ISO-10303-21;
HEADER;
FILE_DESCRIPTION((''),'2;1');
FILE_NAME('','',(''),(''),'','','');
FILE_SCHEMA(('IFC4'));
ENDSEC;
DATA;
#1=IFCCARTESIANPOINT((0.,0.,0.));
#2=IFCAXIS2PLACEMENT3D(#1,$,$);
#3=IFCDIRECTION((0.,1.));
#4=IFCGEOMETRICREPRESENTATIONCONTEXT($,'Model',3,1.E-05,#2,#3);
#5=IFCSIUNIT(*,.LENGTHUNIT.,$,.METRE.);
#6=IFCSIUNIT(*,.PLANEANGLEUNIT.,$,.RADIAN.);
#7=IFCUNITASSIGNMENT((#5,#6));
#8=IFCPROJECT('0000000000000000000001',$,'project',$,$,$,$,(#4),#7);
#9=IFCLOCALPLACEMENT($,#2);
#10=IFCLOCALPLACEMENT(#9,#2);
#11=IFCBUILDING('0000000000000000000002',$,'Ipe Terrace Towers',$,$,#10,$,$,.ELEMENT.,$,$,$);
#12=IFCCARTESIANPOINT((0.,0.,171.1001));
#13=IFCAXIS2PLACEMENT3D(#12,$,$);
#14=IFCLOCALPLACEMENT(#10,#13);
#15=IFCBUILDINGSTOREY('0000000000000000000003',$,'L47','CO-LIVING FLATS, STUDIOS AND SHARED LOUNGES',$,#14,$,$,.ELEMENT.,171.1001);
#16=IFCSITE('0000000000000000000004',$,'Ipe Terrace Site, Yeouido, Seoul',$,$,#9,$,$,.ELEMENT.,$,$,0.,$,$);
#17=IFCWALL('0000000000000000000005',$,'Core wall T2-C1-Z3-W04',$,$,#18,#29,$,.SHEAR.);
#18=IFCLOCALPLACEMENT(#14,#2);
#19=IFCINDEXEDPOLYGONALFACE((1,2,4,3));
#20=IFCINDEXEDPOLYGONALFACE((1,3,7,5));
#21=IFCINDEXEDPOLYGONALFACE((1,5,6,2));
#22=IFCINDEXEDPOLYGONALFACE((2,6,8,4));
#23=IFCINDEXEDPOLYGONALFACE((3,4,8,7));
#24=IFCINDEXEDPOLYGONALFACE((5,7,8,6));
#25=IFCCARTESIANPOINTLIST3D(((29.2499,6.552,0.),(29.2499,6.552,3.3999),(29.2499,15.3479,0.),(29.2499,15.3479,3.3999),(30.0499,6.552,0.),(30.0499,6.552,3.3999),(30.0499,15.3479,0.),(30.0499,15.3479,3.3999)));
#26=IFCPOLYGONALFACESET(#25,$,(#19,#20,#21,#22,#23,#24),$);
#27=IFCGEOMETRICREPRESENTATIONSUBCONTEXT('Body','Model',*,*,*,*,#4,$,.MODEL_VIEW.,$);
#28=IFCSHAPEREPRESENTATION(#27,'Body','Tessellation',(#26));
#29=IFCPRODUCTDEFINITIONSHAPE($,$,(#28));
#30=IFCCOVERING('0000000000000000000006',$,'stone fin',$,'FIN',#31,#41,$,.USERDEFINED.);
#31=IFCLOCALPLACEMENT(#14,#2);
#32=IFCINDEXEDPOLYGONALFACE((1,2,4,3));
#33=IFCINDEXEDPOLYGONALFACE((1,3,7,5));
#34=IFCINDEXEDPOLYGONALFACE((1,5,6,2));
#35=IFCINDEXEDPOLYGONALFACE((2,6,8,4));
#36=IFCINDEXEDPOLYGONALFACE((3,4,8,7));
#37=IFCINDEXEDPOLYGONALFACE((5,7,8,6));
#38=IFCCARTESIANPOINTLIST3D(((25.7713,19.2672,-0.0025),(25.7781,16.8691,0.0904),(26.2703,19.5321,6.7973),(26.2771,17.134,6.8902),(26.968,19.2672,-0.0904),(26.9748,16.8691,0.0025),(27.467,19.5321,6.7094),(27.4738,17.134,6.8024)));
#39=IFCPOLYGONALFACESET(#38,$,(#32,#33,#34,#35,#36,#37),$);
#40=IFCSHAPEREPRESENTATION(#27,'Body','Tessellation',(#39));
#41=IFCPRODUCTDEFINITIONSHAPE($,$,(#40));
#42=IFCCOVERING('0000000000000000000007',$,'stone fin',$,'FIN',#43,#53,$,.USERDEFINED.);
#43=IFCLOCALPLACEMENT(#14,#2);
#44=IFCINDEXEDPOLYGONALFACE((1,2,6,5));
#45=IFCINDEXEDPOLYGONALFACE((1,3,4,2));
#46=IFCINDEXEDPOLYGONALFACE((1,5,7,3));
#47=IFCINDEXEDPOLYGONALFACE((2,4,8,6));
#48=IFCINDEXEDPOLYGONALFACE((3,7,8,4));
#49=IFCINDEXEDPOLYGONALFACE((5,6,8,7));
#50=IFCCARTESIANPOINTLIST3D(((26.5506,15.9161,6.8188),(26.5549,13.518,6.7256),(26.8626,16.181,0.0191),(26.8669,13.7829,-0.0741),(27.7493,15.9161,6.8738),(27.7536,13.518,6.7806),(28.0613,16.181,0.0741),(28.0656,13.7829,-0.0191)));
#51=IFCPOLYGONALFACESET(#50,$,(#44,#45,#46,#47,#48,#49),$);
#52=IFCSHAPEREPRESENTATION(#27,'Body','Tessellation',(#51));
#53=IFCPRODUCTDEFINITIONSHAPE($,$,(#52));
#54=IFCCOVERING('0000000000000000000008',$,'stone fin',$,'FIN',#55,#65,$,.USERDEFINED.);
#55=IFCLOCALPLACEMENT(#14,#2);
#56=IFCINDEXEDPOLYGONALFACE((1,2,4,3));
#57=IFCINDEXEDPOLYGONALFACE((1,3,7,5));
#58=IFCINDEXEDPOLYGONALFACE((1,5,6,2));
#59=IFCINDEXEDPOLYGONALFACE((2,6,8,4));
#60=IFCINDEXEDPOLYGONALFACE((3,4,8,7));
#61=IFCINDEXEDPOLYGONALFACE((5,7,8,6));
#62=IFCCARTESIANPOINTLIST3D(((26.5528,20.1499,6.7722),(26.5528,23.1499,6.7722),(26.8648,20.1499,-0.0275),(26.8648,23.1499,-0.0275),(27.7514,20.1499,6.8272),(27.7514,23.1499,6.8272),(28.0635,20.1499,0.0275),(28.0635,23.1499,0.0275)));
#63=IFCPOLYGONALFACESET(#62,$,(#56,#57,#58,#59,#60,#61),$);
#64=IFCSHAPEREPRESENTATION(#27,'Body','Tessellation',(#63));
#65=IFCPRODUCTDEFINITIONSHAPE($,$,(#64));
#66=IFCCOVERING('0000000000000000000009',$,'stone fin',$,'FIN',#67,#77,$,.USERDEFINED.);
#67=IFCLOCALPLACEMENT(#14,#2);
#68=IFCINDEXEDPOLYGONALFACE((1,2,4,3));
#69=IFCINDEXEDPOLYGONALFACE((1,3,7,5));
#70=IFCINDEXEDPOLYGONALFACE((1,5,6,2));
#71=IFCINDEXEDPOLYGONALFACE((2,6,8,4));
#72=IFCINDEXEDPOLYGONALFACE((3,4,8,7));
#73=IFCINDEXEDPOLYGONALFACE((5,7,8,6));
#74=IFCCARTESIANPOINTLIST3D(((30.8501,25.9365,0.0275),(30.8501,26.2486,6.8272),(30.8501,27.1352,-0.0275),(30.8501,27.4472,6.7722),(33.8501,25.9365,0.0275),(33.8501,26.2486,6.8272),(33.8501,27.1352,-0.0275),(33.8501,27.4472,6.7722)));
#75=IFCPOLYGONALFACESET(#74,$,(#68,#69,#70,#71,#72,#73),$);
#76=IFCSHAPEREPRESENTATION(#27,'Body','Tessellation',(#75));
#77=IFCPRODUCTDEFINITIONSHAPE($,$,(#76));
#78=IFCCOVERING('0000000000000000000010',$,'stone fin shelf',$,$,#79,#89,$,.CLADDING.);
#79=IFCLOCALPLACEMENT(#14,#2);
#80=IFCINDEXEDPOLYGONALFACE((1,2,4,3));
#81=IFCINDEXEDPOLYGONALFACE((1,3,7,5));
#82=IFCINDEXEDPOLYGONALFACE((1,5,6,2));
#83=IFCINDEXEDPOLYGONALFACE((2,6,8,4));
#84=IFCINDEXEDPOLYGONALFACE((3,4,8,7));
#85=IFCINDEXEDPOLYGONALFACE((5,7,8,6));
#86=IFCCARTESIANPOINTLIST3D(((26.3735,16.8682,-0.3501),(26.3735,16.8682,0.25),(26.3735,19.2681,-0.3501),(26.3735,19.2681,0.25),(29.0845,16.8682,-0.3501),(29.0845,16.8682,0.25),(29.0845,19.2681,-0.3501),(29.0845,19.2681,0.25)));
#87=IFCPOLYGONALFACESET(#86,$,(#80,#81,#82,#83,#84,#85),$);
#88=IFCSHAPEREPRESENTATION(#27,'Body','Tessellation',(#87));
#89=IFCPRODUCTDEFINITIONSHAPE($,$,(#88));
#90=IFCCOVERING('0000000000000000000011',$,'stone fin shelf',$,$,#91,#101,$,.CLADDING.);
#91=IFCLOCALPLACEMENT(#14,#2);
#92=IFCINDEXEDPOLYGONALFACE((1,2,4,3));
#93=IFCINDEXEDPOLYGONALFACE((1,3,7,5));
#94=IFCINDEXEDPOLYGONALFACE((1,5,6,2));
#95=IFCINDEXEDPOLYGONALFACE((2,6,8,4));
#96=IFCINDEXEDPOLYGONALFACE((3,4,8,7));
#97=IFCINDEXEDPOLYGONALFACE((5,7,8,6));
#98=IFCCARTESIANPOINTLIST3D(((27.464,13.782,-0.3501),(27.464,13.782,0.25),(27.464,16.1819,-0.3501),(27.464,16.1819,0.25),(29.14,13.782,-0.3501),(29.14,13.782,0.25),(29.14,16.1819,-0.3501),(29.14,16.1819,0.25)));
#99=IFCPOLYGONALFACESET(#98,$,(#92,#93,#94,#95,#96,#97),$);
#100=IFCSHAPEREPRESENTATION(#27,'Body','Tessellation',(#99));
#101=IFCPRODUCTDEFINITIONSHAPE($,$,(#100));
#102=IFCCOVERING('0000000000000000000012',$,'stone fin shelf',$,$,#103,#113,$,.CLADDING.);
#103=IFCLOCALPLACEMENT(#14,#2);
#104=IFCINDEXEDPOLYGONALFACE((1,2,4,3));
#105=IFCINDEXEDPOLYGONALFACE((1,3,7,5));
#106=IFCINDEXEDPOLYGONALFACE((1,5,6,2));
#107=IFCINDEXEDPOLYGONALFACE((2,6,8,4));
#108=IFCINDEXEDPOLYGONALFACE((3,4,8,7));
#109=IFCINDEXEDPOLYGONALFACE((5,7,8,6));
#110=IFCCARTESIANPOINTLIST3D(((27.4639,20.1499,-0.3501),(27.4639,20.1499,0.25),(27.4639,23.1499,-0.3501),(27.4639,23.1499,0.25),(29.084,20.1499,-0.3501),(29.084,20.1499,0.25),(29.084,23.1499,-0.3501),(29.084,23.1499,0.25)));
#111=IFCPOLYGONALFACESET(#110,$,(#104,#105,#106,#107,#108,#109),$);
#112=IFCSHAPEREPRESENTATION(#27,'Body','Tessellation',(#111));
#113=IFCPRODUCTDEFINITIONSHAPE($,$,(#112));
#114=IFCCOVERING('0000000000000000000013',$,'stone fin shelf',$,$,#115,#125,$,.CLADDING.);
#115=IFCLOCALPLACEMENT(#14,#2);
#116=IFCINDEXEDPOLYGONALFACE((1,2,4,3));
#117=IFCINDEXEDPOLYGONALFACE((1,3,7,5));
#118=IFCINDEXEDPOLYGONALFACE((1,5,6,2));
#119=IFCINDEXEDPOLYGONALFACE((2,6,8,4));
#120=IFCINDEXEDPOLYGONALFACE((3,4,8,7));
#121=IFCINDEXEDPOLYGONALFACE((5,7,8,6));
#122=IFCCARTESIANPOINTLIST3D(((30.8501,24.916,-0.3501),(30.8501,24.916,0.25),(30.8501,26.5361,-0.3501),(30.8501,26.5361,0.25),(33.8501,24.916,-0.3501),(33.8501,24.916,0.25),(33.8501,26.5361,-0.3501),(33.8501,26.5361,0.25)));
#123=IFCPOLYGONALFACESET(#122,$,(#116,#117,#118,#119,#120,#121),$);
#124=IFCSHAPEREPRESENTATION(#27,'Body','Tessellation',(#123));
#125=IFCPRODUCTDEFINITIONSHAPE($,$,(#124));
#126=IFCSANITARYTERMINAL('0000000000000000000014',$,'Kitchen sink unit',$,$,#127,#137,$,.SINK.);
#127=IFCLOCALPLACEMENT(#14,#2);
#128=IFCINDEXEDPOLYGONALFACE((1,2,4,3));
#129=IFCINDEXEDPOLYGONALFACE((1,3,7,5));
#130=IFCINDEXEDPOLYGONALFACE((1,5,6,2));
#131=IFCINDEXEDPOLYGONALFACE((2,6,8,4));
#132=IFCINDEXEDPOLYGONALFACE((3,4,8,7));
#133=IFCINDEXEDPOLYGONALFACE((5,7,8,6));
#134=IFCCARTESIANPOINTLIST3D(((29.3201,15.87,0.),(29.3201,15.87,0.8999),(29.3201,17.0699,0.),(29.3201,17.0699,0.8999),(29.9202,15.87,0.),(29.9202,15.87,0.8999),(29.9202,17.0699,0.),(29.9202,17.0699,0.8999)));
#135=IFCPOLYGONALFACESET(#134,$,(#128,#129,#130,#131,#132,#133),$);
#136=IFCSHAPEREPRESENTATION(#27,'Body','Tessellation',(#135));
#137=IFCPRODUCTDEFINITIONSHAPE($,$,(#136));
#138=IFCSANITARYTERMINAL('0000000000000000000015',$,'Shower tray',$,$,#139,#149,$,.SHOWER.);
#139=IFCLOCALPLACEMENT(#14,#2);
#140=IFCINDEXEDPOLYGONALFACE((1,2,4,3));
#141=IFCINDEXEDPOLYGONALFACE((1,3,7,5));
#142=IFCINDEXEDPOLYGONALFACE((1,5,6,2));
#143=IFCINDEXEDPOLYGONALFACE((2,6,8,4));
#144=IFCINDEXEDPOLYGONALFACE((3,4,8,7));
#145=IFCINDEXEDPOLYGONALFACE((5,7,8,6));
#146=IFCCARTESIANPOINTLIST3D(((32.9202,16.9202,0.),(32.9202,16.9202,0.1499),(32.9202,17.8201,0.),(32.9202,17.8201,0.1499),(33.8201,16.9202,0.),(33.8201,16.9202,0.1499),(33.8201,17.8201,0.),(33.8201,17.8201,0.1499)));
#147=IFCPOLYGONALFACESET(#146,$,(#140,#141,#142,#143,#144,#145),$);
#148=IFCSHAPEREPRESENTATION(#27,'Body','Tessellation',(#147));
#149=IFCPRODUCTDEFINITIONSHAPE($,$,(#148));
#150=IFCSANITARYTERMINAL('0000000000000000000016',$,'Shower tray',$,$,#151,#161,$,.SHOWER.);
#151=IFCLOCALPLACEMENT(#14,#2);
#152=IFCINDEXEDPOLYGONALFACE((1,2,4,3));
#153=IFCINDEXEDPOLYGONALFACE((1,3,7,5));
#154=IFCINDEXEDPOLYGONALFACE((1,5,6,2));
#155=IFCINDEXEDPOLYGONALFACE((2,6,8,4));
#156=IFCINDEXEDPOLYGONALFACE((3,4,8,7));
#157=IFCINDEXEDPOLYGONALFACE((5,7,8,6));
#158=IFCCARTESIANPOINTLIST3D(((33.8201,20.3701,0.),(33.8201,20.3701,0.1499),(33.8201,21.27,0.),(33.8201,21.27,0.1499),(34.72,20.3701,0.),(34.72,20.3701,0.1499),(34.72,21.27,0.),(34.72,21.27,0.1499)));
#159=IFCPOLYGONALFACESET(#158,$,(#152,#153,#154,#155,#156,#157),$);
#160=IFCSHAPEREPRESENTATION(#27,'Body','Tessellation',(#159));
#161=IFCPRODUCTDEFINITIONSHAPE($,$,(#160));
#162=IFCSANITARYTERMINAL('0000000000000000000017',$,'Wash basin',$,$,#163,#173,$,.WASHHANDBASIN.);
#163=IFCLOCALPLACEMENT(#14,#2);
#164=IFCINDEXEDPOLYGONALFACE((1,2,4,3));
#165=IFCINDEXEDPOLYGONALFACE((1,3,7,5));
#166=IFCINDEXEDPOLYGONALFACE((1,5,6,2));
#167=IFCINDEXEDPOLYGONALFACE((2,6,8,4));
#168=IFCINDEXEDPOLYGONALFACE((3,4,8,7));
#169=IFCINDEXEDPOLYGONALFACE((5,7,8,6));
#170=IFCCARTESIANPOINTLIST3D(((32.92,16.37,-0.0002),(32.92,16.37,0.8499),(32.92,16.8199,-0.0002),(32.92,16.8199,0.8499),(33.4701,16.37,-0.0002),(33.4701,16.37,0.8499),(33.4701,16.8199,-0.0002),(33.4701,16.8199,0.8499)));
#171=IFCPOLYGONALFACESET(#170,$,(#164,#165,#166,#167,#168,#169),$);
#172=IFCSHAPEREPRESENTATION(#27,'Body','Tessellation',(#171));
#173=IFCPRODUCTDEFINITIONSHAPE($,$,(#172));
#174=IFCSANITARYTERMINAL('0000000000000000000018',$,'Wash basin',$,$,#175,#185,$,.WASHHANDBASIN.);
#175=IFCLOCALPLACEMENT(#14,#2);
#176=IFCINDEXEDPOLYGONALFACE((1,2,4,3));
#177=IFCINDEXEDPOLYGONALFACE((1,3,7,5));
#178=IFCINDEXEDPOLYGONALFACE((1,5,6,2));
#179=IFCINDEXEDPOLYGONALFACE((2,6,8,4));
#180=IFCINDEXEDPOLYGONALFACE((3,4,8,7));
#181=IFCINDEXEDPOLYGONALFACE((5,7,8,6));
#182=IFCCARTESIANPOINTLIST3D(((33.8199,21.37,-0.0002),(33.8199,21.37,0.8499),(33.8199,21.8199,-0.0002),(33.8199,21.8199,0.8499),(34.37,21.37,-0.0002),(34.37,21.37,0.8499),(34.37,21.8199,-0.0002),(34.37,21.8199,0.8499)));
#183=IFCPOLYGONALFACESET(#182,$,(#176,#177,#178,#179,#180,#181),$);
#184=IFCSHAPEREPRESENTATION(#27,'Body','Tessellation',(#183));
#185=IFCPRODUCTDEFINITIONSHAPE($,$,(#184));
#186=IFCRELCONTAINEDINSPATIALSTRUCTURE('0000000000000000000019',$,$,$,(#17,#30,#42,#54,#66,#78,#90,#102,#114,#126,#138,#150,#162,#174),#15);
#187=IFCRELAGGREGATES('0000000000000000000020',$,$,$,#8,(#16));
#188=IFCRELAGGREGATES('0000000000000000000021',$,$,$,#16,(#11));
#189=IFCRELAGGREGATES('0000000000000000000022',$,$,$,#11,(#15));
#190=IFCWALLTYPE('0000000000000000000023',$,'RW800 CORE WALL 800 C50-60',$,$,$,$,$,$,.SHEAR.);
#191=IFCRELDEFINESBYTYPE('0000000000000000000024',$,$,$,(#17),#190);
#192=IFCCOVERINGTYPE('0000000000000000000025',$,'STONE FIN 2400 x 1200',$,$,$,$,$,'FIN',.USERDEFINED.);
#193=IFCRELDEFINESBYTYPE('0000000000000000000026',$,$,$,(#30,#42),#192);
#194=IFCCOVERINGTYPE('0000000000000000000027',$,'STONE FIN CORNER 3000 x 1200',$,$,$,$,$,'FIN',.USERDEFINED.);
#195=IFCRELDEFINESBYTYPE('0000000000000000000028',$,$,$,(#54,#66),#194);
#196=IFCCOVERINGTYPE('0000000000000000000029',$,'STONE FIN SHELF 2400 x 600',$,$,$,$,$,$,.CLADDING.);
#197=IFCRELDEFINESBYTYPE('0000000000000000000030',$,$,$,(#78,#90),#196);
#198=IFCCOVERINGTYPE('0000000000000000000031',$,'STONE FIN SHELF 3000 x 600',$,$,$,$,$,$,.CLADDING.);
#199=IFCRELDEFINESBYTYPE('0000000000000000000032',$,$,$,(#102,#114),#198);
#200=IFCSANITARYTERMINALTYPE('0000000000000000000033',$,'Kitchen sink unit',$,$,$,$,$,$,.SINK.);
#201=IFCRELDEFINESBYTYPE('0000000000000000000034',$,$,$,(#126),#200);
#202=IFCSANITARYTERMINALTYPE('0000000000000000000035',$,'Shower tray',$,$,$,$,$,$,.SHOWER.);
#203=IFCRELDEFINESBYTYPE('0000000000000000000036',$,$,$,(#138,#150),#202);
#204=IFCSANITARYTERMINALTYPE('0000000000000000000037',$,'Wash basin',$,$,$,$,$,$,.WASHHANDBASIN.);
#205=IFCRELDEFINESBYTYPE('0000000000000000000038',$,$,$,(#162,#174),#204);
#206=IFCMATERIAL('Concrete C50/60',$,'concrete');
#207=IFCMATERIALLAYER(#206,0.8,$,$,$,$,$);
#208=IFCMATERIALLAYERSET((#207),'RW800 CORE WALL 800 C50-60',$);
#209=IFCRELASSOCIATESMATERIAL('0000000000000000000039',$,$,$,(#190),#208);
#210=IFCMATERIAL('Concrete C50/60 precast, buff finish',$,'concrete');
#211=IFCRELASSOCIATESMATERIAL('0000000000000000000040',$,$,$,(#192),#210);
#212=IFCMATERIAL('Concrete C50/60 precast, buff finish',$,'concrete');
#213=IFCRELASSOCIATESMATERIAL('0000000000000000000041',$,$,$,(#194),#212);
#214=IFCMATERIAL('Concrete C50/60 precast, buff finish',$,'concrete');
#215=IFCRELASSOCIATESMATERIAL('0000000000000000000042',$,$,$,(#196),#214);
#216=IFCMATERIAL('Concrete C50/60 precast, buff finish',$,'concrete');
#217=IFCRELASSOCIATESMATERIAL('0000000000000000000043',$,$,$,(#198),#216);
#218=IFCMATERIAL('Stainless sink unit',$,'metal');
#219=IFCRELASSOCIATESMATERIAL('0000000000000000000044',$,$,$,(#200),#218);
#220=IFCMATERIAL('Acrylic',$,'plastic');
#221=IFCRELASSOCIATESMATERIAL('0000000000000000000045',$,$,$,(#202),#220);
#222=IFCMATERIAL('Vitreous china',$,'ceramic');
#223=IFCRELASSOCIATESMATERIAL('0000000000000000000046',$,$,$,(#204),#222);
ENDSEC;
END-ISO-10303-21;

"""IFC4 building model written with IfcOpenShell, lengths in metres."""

from ifc_helpers import new_model, si_unit, direction, frame, frame_2d, origin, origin_2d, place, context, subcontext, project, spatial, rectangle, extrude, material, layer, layer_set, material_profile, profile_set, type_object, element, save


model = new_model("IFC4")

# Units and contexts
model_context = context("Model", 3, precision=1e-05, world=origin(), true_north=direction((0.0, 1.0)))
body_context = subcontext(model_context, "Body", "Model", "MODEL_VIEW")
ifc_project = project(units=[si_unit("LENGTHUNIT", "METRE"), si_unit("PLANEANGLEUNIT", "RADIAN")], contexts=[model_context])

# Site, building, storey
site_placement = place(None, origin())
site = spatial("IfcSite", under=ifc_project, at=site_placement, Name="Ipe Terrace Site, Yeouido, Seoul", CompositionType="ELEMENT", RefElevation=0.0)
building_placement = place(site_placement, origin())
building = spatial("IfcBuilding", under=site, at=building_placement, Name="Ipe Terrace Towers", CompositionType="ELEMENT")
storey_placement = place(building_placement, frame((0.0, 0.0, 171.1001)))
storey = spatial("IfcBuildingStorey", under=building, at=storey_placement, Name="L47", Description="CO-LIVING FLATS, STUDIOS AND SHARED LOUNGES", CompositionType="ELEMENT", Elevation=171.1001)

# Wall
ifc_material_1 = material(Name="Concrete C50/60", Category="concrete")
ifc_layer_1 = layer(ifc_material_1, 0.8)
ifc_layer_set_1 = layer_set([ifc_layer_1], Name="RW800 CORE WALL 800 C50-60")
wall_type_1 = type_object("IfcWallType", Name="RW800 CORE WALL 800 C50-60", PredefinedType="SHEAR", material=ifc_layer_set_1)
wall_1_placement = place(storey_placement, frame((29.6499, 15.3479, 0.0), z_axis=(0.0, 0.0, 1.0), x_axis=(0.0, -1.0, 0.0)))
element("IfcWall", 1, at=wall_1_placement, inside=storey, type_object=wall_type_1, Name="Core wall T2-C1-Z3-W04", PredefinedType="SHEAR", context=body_context, shape_type="SweptSolid", body=[
    extrude(rectangle(XDim=8.7959, YDim=0.8, at=frame_2d((4.3979, 0.0))), origin(), (0.0, 0.0, 1.0), 3.3999),
])

# Coverings
ifc_material_2 = material(Name="Concrete C50/60 precast, buff finish", Category="concrete")
ifc_material_profile_1 = material_profile(ifc_material_2, rectangle(XDim=2.3999, YDim=1.2, at=origin_2d()), Name="STONE FIN 2400 x 1200")
ifc_profile_set_1 = profile_set([ifc_material_profile_1], Name="Concrete C50/60 precast, buff finish")
covering_type_1 = type_object("IfcCoveringType", Name="STONE FIN 2400 x 1200", ElementType="FIN", PredefinedType="USERDEFINED", material=ifc_profile_set_1)
covering_1_placement = place(storey_placement, frame((26.373, 18.0681, 0.0), z_axis=(0.073136, 0.038822, 0.996566), x_axis=(0.002841, -0.999246, 0.038718)))
element("IfcCovering", 2, at=covering_1_placement, inside=storey, type_object=covering_type_1, Name="stone fin", ObjectType="FIN", PredefinedType="USERDEFINED", context=body_context, shape_type="SweptSolid", body=[
    extrude(rectangle(XDim=2.3999, YDim=1.2, at=origin_2d()), origin(), (0.0, 0.0, 1.0), 6.8232),
])
covering_2_placement = place(storey_placement, frame((27.4641, 14.9819, 0.0), z_axis=(-0.045802, -0.038886, 0.998193), x_axis=(0.001782, -0.999244, -0.038845)))
element("IfcCovering", 3, at=covering_2_placement, inside=storey, type_object=covering_type_1, Name="stone fin", ObjectType="FIN", PredefinedType="USERDEFINED", context=body_context, shape_type="SweptSolid", body=[
    extrude(rectangle(XDim=2.3999, YDim=1.2, at=origin_2d()), origin(), (0.0, 0.0, 1.0), 6.812),
])
ifc_material_3 = material(Name="Concrete C50/60 precast, buff finish", Category="concrete")
ifc_material_profile_2 = material_profile(ifc_material_3, rectangle(XDim=3.0, YDim=1.2, at=origin_2d()), Name="STONE FIN CORNER 3000 x 1200")
ifc_profile_set_2 = profile_set([ifc_material_profile_2], Name="Concrete C50/60 precast, buff finish")
covering_type_2 = type_object("IfcCoveringType", Name="STONE FIN CORNER 3000 x 1200", ElementType="FIN", PredefinedType="USERDEFINED", material=ifc_profile_set_2)
for number, where, z_axis, x_axis, name in (
    (4, (27.4641, 21.6499, 0.0), (-0.045837, 0.0, 0.998949), (0.0, -1.0, 0.0), "stone fin"),
    (5, (32.3501, 26.5359, 0.0), (0.0, 0.045837, 0.998949), (-1.0, 0.0, 0.0), "stone fin"),
):
    element("IfcCovering", number, at=place(storey_placement, frame(where, z_axis=z_axis, x_axis=x_axis)), inside=storey, type_object=covering_type_2, Name=name, ObjectType="FIN", PredefinedType="USERDEFINED", context=body_context, shape_type="SweptSolid", body=[
        extrude(rectangle(XDim=3.0, YDim=1.2, at=origin_2d()), origin(), (0.0, 0.0, 1.0), 6.8069),
    ])
ifc_material_4 = material(Name="Concrete C50/60 precast, buff finish", Category="concrete")
covering_type_3 = type_object("IfcCoveringType", Name="STONE FIN SHELF 2400 x 600", PredefinedType="CLADDING", material=ifc_material_4)
covering_3_placement = place(storey_placement, frame((27.729, 18.0681, -0.3501), z_axis=(0.0, 0.0, 1.0), x_axis=(0.0, -1.0, 0.0)))
element("IfcCovering", 6, at=covering_3_placement, inside=storey, type_object=covering_type_3, Name="stone fin shelf", PredefinedType="CLADDING", context=body_context, shape_type="SweptSolid", body=[
    extrude(rectangle(XDim=2.3999, YDim=2.7109, at=origin_2d()), origin(), (0.0, 0.0, 1.0), 0.6001),
])
covering_4_placement = place(storey_placement, frame((28.302, 14.9819, -0.3501), z_axis=(0.0, 0.0, 1.0), x_axis=(0.0, -1.0, 0.0)))
element("IfcCovering", 7, at=covering_4_placement, inside=storey, type_object=covering_type_3, Name="stone fin shelf", PredefinedType="CLADDING", context=body_context, shape_type="SweptSolid", body=[
    extrude(rectangle(XDim=2.3999, YDim=1.676, at=origin_2d()), origin(), (0.0, 0.0, 1.0), 0.6001),
])
ifc_material_5 = material(Name="Concrete C50/60 precast, buff finish", Category="concrete")
covering_type_4 = type_object("IfcCoveringType", Name="STONE FIN SHELF 3000 x 600", PredefinedType="CLADDING", material=ifc_material_5)
for number, where, z_axis, x_axis, name in (
    (8, (28.2739, 21.6499, -0.3501), (0.0, 0.0, 1.0), (0.0, -1.0, 0.0), "stone fin shelf"),
    (9, (32.3501, 25.7261, -0.3501), (0.0, 0.0, 1.0), (-1.0, 0.0, 0.0), "stone fin shelf"),
):
    element("IfcCovering", number, at=place(storey_placement, frame(where, z_axis=z_axis, x_axis=x_axis)), inside=storey, type_object=covering_type_4, Name=name, PredefinedType="CLADDING", context=body_context, shape_type="SweptSolid", body=[
        extrude(rectangle(XDim=3.0, YDim=1.6201, at=origin_2d()), origin(), (0.0, 0.0, 1.0), 0.6001),
    ])

# Sanitary terminals
ifc_material_6 = material(Name="Stainless sink unit", Category="metal")
sanitary_terminal_type_1 = type_object("IfcSanitaryTerminalType", Name="Kitchen sink unit", PredefinedType="SINK", material=ifc_material_6)
sanitary_terminal_1_placement = place(storey_placement, frame((29.6201, 16.47, 0.0), z_axis=(0.0, 0.0, 1.0), x_axis=(0.0, 1.0, 0.0)))
element("IfcSanitaryTerminal", 10, at=sanitary_terminal_1_placement, inside=storey, type_object=sanitary_terminal_type_1, Name="Kitchen sink unit", PredefinedType="SINK", context=body_context, shape_type="SweptSolid", body=[
    extrude(rectangle(XDim=1.2, YDim=0.6001, at=origin_2d()), origin(), (0.0, 0.0, 1.0), 0.8999),
])
ifc_material_7 = material(Name="Acrylic", Category="plastic")
sanitary_terminal_type_2 = type_object("IfcSanitaryTerminalType", Name="Shower tray", PredefinedType="SHOWER", material=ifc_material_7)
for number, where, z_axis, x_axis, name in (
    (11, (33.3701, 17.3701, 0.0), (0.0, 0.0, 1.0), (1.0, 0.0, 0.0), "Shower tray"),
    (12, (34.27, 20.8201, 0.0), (0.0, 0.0, 1.0), (1.0, 0.0, 0.0), "Shower tray"),
):
    element("IfcSanitaryTerminal", number, at=place(storey_placement, frame(where, z_axis=z_axis, x_axis=x_axis)), inside=storey, type_object=sanitary_terminal_type_2, Name=name, PredefinedType="SHOWER", context=body_context, shape_type="SweptSolid", body=[
        extrude(rectangle(XDim=0.8999, YDim=0.8999, at=origin_2d()), origin(), (0.0, 0.0, 1.0), 0.1499),
    ])
ifc_material_8 = material(Name="Vitreous china", Category="ceramic")
sanitary_terminal_type_3 = type_object("IfcSanitaryTerminalType", Name="Wash basin", PredefinedType="WASHHANDBASIN", material=ifc_material_8)
for number, where, z_axis, x_axis, name in (
    (13, (33.1951, 16.595, -0.0002), (0.0, 0.0, 1.0), (1.0, 0.0, 0.0), "Wash basin"),
    (14, (34.095, 21.595, -0.0002), (0.0, 0.0, 1.0), (1.0, 0.0, 0.0), "Wash basin"),
):
    element("IfcSanitaryTerminal", number, at=place(storey_placement, frame(where, z_axis=z_axis, x_axis=x_axis)), inside=storey, type_object=sanitary_terminal_type_3, Name=name, PredefinedType="WASHHANDBASIN", context=body_context, shape_type="SweptSolid", body=[
        extrude(rectangle(XDim=0.55, YDim=0.45, at=origin_2d()), origin(), (0.0, 0.0, 1.0), 0.8501),
    ])

save(model, "model.ifc")
